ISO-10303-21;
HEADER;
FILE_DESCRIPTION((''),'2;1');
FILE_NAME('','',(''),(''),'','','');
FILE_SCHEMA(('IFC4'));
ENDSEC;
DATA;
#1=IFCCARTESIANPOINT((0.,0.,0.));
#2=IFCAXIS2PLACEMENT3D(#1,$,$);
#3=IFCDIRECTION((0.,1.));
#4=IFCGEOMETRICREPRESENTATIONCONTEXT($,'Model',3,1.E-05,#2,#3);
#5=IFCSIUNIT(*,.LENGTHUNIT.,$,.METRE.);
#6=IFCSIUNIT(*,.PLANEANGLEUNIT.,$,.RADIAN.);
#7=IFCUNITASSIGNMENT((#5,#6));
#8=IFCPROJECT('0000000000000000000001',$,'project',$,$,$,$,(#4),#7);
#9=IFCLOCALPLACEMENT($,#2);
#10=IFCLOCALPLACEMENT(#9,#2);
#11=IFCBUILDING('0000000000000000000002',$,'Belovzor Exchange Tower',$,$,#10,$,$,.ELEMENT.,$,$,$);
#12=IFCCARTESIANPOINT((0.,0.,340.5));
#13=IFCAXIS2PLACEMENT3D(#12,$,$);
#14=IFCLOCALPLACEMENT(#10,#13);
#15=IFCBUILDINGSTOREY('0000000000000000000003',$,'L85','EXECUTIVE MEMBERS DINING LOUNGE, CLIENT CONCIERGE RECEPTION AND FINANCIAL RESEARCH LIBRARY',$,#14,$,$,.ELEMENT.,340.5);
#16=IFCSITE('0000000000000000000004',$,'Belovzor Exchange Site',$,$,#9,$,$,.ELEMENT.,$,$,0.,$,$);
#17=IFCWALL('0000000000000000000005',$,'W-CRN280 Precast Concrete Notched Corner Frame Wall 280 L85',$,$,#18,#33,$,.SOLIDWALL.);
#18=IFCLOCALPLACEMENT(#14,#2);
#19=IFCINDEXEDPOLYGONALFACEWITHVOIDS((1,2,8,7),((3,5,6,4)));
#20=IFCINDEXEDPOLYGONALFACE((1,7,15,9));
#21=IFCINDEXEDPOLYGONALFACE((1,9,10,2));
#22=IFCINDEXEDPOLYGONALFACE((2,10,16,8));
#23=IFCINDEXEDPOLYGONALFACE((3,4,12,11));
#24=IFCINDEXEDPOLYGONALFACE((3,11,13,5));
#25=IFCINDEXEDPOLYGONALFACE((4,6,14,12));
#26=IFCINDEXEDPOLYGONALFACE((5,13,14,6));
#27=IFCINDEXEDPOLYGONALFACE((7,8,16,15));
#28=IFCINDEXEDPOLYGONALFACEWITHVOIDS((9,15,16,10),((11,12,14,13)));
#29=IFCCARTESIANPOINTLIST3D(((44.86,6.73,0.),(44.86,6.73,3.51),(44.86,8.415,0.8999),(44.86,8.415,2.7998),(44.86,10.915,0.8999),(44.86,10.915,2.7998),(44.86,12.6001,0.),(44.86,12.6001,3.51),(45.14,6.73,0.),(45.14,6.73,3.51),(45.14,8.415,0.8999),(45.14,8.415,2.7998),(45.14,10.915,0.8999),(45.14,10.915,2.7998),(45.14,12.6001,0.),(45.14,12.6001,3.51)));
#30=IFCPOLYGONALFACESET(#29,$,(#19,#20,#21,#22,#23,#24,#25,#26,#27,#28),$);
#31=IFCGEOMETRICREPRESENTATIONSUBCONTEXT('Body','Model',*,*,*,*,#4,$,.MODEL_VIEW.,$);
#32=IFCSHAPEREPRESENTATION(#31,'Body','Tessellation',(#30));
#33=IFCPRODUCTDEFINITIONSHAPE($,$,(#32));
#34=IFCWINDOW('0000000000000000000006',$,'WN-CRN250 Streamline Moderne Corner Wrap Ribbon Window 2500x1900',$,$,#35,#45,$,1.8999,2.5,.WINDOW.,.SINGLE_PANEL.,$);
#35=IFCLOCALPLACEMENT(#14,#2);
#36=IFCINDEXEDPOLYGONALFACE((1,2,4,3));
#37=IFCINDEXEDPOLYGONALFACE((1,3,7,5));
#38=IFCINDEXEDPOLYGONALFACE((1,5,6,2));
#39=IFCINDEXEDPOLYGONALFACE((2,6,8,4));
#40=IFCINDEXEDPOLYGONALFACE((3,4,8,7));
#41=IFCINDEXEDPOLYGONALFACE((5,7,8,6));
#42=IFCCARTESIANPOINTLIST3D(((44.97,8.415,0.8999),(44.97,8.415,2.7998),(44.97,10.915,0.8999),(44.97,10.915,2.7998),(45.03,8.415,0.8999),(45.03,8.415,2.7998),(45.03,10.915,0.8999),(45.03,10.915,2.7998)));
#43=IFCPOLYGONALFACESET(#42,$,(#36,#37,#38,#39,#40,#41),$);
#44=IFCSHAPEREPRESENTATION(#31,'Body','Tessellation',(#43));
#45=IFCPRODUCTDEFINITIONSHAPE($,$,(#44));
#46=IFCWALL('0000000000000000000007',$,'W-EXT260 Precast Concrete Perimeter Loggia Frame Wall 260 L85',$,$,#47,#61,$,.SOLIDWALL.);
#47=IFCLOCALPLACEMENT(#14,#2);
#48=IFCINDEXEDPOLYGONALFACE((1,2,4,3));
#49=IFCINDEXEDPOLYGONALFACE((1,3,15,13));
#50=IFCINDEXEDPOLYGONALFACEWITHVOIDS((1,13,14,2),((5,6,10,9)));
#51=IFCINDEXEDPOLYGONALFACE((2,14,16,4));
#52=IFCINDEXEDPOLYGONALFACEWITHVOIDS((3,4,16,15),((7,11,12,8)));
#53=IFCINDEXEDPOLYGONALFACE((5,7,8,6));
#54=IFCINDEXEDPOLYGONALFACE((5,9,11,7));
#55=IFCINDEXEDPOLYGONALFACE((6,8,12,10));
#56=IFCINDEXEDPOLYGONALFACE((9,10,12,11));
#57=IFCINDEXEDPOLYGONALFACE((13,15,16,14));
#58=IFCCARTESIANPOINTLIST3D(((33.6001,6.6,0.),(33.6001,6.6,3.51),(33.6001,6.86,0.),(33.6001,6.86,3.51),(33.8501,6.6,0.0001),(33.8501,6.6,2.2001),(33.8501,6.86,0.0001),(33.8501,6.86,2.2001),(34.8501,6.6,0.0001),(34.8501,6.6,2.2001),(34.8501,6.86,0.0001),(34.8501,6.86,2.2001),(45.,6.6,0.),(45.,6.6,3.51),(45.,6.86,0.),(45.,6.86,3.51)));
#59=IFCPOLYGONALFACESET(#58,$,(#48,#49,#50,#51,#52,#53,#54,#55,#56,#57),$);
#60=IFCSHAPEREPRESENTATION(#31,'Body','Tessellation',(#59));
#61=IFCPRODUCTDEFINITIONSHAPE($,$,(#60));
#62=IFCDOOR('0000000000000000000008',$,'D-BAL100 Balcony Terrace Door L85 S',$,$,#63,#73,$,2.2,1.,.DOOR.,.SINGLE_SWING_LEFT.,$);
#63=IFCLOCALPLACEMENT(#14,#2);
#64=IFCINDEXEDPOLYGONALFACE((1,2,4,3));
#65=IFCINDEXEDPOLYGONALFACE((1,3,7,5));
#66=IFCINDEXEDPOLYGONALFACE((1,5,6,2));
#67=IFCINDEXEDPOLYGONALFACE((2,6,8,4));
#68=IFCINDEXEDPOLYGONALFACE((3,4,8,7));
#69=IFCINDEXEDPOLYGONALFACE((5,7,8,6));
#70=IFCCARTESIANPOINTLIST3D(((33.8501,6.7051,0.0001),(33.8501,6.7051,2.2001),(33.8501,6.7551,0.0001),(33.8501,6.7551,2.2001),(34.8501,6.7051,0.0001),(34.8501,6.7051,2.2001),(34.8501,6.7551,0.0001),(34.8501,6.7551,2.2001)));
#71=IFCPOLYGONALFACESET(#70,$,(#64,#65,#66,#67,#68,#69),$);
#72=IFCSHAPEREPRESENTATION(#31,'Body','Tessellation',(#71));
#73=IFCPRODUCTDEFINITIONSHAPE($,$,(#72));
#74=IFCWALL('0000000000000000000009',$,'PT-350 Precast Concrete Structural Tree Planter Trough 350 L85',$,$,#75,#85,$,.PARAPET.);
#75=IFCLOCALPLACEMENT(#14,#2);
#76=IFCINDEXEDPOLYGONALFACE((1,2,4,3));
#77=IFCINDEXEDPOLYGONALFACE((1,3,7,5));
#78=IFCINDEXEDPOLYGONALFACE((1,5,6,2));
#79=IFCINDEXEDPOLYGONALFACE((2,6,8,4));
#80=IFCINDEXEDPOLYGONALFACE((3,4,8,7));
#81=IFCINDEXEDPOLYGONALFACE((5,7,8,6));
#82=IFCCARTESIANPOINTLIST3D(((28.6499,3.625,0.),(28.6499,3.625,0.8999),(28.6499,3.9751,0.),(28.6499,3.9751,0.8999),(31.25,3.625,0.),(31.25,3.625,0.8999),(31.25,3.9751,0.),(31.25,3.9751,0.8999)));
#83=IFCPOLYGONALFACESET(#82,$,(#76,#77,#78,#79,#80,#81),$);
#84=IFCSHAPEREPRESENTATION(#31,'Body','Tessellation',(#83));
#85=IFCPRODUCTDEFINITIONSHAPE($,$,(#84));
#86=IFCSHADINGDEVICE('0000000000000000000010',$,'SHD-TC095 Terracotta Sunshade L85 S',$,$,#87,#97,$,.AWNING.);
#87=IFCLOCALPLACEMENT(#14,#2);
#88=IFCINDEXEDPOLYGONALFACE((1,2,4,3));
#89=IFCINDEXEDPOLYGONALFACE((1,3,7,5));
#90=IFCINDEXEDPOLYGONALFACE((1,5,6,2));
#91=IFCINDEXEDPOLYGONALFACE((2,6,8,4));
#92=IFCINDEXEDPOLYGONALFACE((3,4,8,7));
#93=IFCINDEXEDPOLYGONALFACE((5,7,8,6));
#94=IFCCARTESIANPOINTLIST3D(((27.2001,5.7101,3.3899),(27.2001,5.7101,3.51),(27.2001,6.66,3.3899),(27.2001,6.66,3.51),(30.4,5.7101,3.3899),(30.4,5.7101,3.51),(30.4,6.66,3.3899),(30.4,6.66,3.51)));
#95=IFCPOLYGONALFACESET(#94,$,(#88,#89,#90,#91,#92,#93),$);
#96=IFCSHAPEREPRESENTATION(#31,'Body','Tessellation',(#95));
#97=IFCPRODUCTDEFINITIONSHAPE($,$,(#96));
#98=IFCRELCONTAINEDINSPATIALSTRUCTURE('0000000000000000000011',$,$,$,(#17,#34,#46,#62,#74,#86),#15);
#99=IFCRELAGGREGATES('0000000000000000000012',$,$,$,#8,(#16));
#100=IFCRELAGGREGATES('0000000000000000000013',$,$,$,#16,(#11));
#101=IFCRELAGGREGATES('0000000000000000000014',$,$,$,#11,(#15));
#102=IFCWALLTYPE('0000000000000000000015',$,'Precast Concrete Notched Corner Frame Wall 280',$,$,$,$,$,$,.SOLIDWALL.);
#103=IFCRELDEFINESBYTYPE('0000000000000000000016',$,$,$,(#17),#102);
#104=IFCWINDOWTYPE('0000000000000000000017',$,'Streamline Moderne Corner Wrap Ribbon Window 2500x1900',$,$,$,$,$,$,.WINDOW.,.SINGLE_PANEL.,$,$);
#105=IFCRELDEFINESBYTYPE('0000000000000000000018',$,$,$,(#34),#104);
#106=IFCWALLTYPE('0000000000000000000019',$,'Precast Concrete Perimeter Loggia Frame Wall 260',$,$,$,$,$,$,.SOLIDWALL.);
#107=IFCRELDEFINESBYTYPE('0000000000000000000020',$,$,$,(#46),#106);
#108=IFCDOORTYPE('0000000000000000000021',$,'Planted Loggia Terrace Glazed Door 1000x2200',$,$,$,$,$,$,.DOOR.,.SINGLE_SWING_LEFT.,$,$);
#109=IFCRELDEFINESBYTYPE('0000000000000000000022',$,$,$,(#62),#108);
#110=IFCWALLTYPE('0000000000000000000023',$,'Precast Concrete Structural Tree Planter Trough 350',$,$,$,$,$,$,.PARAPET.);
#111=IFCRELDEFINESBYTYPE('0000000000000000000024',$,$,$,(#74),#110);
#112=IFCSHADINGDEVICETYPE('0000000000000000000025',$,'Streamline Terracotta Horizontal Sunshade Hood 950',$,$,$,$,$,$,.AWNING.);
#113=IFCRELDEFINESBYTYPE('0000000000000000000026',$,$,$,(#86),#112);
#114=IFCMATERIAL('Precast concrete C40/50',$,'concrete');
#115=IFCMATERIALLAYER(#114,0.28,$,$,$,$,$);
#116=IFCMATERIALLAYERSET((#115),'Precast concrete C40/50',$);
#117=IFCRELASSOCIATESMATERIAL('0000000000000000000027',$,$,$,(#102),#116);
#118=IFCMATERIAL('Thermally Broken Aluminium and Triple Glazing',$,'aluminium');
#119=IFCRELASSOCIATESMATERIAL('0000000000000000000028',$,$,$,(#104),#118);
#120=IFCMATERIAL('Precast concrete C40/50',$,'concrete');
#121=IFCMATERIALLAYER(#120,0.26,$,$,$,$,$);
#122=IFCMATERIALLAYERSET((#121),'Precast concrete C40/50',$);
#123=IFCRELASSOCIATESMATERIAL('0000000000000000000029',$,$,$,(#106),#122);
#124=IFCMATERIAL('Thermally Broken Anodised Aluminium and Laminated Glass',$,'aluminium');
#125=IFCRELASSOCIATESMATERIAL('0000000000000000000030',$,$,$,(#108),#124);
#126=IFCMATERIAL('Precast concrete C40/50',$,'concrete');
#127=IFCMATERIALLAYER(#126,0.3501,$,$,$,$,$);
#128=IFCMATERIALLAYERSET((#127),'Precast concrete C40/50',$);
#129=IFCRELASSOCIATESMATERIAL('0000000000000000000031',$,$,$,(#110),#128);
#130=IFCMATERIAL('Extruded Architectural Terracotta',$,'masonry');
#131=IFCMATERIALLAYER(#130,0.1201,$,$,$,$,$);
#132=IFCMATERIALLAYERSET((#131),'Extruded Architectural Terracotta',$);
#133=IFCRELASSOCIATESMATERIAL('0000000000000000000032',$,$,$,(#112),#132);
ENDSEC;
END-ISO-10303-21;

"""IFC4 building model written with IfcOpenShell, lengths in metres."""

from ifc_helpers import new_model, si_unit, direction, frame, frame_2d, origin, origin_2d, place, context, subcontext, project, spatial, rectangle, extrude, material, layer, layer_set, type_object, element, fill, save


model = new_model("IFC4")

# Units and contexts
model_context = context("Model", 3, precision=1e-05, world=origin(), true_north=direction((0.0, 1.0)))
body_context = subcontext(model_context, "Body", "Model", "MODEL_VIEW")
ifc_project = project(units=[si_unit("LENGTHUNIT", "METRE"), si_unit("PLANEANGLEUNIT", "RADIAN")], contexts=[model_context])

# Site, building, storey
site_placement = place(None, origin())
site = spatial("IfcSite", under=ifc_project, at=site_placement, Name="Belovzor Exchange Site", CompositionType="ELEMENT", RefElevation=0.0)
building_placement = place(site_placement, origin())
building = spatial("IfcBuilding", under=site, at=building_placement, Name="Belovzor Exchange Tower", CompositionType="ELEMENT")
storey_placement = place(building_placement, frame((0.0, 0.0, 340.5)))
storey = spatial("IfcBuildingStorey", under=building, at=storey_placement, Name="L85", Description="EXECUTIVE MEMBERS DINING LOUNGE, CLIENT CONCIERGE RECEPTION AND FINANCIAL RESEARCH LIBRARY", CompositionType="ELEMENT", Elevation=340.5)

# Wall, opening, window
ifc_material_1 = material(Name="Precast concrete C40/50", Category="concrete")
ifc_layer_1 = layer(ifc_material_1, 0.28)
ifc_layer_set_1 = layer_set([ifc_layer_1], Name="Precast concrete C40/50")
wall_type_1 = type_object("IfcWallType", Name="Precast Concrete Notched Corner Frame Wall 280", PredefinedType="SOLIDWALL", material=ifc_layer_set_1)
ifc_material_2 = material(Name="Thermally Broken Aluminium and Triple Glazing", Category="aluminium")
window_type = type_object("IfcWindowType", Name="Streamline Moderne Corner Wrap Ribbon Window 2500x1900", PartitioningType="SINGLE_PANEL", PredefinedType="WINDOW", material=ifc_material_2)
wall_1_placement = place(storey_placement, frame((45.0, 12.6001, 0.0), z_axis=(0.0, 0.0, 1.0), x_axis=(0.0, -1.0, 0.0)))
wall_1 = element("IfcWall", 1, at=wall_1_placement, inside=storey, type_object=wall_type_1, Name="W-CRN280 Precast Concrete Notched Corner Frame Wall 280 L85", PredefinedType="SOLIDWALL", context=body_context, shape_type="SweptSolid", body=[
    extrude(rectangle(XDim=5.8701, YDim=0.28, at=frame_2d((2.9351, 0.0))), origin(), (0.0, 0.0, 1.0), 3.51),
])
opening_1_placement = place(wall_1_placement, frame((1.6851, 0.0, 0.8999)))
opening_1 = element("IfcOpeningElement", 2, at=opening_1_placement, cuts=wall_1, PredefinedType="OPENING", context=body_context, shape_type="SweptSolid", body=[
    extrude(rectangle(XDim=2.5, YDim=1.8999, at=frame_2d((1.25, 0.95))), frame((0.0, 0.1499, 0.0), z_axis=(0.0, -1.0, 0.0), x_axis=(1.0, 0.0, 0.0)), (0.0, 0.0, 1.0), 0.3),
])
window_1_placement = place(opening_1_placement, origin())
window_1 = element("IfcWindow", 3, at=window_1_placement, inside=storey, type_object=window_type, Name="WN-CRN250 Streamline Moderne Corner Wrap Ribbon Window 2500x1900", OverallHeight=1.8999, OverallWidth=2.5, PartitioningType="SINGLE_PANEL", PredefinedType="WINDOW", context=body_context, shape_type="SweptSolid", body=[
    extrude(rectangle(XDim=2.5, YDim=1.8999, at=frame_2d((1.25, 0.95))), frame((0.0, 0.03, 0.0), z_axis=(0.0, -1.0, 0.0), x_axis=(1.0, 0.0, 0.0)), (0.0, 0.0, 1.0), 0.0601),
])
fill(opening_1, window_1)

# Wall, opening, door
ifc_material_3 = material(Name="Precast concrete C40/50", Category="concrete")
ifc_layer_2 = layer(ifc_material_3, 0.26)
ifc_layer_set_2 = layer_set([ifc_layer_2], Name="Precast concrete C40/50")
wall_type_2 = type_object("IfcWallType", Name="Precast Concrete Perimeter Loggia Frame Wall 260", PredefinedType="SOLIDWALL", material=ifc_layer_set_2)
wall_2_placement = place(storey_placement, frame((45.0, 6.73, 0.0), z_axis=(0.0, 0.0, 1.0), x_axis=(-1.0, 0.0, 0.0)))
wall_2 = element("IfcWall", 4, at=wall_2_placement, inside=storey, type_object=wall_type_2, Name="W-EXT260 Precast Concrete Perimeter Loggia Frame Wall 260 L85", PredefinedType="SOLIDWALL", context=body_context, shape_type="SweptSolid", body=[
    extrude(rectangle(XDim=11.3999, YDim=0.26, at=frame_2d((5.7, 0.0))), origin(), (0.0, 0.0, 1.0), 3.51),
])
opening_2_placement = place(wall_2_placement, frame((10.1499, 0.0, 0.0)))
opening_2 = element("IfcOpeningElement", 5, at=opening_2_placement, cuts=wall_2, PredefinedType="OPENING", context=body_context, shape_type="SweptSolid", body=[
    extrude(rectangle(XDim=1.0, YDim=2.2, at=frame_2d((0.5, 1.1001))), frame((0.0, 0.1399, 0.0), z_axis=(0.0, -1.0, 0.0), x_axis=(1.0, 0.0, 0.0)), (0.0, 0.0, 1.0), 0.28),
])
ifc_material_4 = material(Name="Thermally Broken Anodised Aluminium and Laminated Glass", Category="aluminium")
door_type = type_object("IfcDoorType", Name="Planted Loggia Terrace Glazed Door 1000x2200", OperationType="SINGLE_SWING_LEFT", PredefinedType="DOOR", material=ifc_material_4)
door_placement = place(opening_2_placement, origin())
door = element("IfcDoor", 6, at=door_placement, inside=storey, type_object=door_type, Name="D-BAL100 Balcony Terrace Door L85 S", OperationType="SINGLE_SWING_LEFT", OverallHeight=2.2, OverallWidth=1.0, PredefinedType="DOOR", context=body_context, shape_type="SweptSolid", body=[
    extrude(rectangle(XDim=1.0, YDim=2.2, at=frame_2d((0.5, 1.1001))), frame((0.0, 0.0249, 0.0), z_axis=(0.0, -1.0, 0.0), x_axis=(1.0, 0.0, 0.0)), (0.0, 0.0, 1.0), 0.05),
])
fill(opening_2, door)

# Wall
ifc_material_5 = material(Name="Precast concrete C40/50", Category="concrete")
ifc_layer_3 = layer(ifc_material_5, 0.3501)
ifc_layer_set_3 = layer_set([ifc_layer_3], Name="Precast concrete C40/50")
wall_type_3 = type_object("IfcWallType", Name="Precast Concrete Structural Tree Planter Trough 350", PredefinedType="PARAPET", material=ifc_layer_set_3)
wall_3_placement = place(storey_placement, frame((28.6499, 3.8, 0.0), z_axis=(0.0, 0.0, 1.0), x_axis=(1.0, 0.0, 0.0)))
element("IfcWall", 7, at=wall_3_placement, inside=storey, type_object=wall_type_3, Name="PT-350 Precast Concrete Structural Tree Planter Trough 350 L85", PredefinedType="PARAPET", context=body_context, shape_type="SweptSolid", body=[
    extrude(rectangle(XDim=2.6001, YDim=0.3501, at=frame_2d((1.3, 0.0))), origin(), (0.0, 0.0, 1.0), 0.8999),
])

# Shading device
ifc_material_6 = material(Name="Extruded Architectural Terracotta", Category="masonry")
ifc_layer_4 = layer(ifc_material_6, 0.1201)
ifc_layer_set_4 = layer_set([ifc_layer_4], Name="Extruded Architectural Terracotta")
shading_device_type = type_object("IfcShadingDeviceType", Name="Streamline Terracotta Horizontal Sunshade Hood 950", PredefinedType="AWNING", material=ifc_layer_set_4)
shading_device_placement = place(storey_placement, frame((28.8, 6.1851, 3.3899), z_axis=(0.0, 0.0, 1.0), x_axis=(1.0, 0.0, 0.0)))
element("IfcShadingDevice", 8, at=shading_device_placement, inside=storey, type_object=shading_device_type, Name="SHD-TC095 Terracotta Sunshade L85 S", PredefinedType="AWNING", context=body_context, shape_type="SweptSolid", body=[
    extrude(rectangle(XDim=3.2, YDim=0.95, at=origin_2d()), origin(), (0.0, 0.0, 1.0), 0.1201),
])

save(model, "model.ifc")
